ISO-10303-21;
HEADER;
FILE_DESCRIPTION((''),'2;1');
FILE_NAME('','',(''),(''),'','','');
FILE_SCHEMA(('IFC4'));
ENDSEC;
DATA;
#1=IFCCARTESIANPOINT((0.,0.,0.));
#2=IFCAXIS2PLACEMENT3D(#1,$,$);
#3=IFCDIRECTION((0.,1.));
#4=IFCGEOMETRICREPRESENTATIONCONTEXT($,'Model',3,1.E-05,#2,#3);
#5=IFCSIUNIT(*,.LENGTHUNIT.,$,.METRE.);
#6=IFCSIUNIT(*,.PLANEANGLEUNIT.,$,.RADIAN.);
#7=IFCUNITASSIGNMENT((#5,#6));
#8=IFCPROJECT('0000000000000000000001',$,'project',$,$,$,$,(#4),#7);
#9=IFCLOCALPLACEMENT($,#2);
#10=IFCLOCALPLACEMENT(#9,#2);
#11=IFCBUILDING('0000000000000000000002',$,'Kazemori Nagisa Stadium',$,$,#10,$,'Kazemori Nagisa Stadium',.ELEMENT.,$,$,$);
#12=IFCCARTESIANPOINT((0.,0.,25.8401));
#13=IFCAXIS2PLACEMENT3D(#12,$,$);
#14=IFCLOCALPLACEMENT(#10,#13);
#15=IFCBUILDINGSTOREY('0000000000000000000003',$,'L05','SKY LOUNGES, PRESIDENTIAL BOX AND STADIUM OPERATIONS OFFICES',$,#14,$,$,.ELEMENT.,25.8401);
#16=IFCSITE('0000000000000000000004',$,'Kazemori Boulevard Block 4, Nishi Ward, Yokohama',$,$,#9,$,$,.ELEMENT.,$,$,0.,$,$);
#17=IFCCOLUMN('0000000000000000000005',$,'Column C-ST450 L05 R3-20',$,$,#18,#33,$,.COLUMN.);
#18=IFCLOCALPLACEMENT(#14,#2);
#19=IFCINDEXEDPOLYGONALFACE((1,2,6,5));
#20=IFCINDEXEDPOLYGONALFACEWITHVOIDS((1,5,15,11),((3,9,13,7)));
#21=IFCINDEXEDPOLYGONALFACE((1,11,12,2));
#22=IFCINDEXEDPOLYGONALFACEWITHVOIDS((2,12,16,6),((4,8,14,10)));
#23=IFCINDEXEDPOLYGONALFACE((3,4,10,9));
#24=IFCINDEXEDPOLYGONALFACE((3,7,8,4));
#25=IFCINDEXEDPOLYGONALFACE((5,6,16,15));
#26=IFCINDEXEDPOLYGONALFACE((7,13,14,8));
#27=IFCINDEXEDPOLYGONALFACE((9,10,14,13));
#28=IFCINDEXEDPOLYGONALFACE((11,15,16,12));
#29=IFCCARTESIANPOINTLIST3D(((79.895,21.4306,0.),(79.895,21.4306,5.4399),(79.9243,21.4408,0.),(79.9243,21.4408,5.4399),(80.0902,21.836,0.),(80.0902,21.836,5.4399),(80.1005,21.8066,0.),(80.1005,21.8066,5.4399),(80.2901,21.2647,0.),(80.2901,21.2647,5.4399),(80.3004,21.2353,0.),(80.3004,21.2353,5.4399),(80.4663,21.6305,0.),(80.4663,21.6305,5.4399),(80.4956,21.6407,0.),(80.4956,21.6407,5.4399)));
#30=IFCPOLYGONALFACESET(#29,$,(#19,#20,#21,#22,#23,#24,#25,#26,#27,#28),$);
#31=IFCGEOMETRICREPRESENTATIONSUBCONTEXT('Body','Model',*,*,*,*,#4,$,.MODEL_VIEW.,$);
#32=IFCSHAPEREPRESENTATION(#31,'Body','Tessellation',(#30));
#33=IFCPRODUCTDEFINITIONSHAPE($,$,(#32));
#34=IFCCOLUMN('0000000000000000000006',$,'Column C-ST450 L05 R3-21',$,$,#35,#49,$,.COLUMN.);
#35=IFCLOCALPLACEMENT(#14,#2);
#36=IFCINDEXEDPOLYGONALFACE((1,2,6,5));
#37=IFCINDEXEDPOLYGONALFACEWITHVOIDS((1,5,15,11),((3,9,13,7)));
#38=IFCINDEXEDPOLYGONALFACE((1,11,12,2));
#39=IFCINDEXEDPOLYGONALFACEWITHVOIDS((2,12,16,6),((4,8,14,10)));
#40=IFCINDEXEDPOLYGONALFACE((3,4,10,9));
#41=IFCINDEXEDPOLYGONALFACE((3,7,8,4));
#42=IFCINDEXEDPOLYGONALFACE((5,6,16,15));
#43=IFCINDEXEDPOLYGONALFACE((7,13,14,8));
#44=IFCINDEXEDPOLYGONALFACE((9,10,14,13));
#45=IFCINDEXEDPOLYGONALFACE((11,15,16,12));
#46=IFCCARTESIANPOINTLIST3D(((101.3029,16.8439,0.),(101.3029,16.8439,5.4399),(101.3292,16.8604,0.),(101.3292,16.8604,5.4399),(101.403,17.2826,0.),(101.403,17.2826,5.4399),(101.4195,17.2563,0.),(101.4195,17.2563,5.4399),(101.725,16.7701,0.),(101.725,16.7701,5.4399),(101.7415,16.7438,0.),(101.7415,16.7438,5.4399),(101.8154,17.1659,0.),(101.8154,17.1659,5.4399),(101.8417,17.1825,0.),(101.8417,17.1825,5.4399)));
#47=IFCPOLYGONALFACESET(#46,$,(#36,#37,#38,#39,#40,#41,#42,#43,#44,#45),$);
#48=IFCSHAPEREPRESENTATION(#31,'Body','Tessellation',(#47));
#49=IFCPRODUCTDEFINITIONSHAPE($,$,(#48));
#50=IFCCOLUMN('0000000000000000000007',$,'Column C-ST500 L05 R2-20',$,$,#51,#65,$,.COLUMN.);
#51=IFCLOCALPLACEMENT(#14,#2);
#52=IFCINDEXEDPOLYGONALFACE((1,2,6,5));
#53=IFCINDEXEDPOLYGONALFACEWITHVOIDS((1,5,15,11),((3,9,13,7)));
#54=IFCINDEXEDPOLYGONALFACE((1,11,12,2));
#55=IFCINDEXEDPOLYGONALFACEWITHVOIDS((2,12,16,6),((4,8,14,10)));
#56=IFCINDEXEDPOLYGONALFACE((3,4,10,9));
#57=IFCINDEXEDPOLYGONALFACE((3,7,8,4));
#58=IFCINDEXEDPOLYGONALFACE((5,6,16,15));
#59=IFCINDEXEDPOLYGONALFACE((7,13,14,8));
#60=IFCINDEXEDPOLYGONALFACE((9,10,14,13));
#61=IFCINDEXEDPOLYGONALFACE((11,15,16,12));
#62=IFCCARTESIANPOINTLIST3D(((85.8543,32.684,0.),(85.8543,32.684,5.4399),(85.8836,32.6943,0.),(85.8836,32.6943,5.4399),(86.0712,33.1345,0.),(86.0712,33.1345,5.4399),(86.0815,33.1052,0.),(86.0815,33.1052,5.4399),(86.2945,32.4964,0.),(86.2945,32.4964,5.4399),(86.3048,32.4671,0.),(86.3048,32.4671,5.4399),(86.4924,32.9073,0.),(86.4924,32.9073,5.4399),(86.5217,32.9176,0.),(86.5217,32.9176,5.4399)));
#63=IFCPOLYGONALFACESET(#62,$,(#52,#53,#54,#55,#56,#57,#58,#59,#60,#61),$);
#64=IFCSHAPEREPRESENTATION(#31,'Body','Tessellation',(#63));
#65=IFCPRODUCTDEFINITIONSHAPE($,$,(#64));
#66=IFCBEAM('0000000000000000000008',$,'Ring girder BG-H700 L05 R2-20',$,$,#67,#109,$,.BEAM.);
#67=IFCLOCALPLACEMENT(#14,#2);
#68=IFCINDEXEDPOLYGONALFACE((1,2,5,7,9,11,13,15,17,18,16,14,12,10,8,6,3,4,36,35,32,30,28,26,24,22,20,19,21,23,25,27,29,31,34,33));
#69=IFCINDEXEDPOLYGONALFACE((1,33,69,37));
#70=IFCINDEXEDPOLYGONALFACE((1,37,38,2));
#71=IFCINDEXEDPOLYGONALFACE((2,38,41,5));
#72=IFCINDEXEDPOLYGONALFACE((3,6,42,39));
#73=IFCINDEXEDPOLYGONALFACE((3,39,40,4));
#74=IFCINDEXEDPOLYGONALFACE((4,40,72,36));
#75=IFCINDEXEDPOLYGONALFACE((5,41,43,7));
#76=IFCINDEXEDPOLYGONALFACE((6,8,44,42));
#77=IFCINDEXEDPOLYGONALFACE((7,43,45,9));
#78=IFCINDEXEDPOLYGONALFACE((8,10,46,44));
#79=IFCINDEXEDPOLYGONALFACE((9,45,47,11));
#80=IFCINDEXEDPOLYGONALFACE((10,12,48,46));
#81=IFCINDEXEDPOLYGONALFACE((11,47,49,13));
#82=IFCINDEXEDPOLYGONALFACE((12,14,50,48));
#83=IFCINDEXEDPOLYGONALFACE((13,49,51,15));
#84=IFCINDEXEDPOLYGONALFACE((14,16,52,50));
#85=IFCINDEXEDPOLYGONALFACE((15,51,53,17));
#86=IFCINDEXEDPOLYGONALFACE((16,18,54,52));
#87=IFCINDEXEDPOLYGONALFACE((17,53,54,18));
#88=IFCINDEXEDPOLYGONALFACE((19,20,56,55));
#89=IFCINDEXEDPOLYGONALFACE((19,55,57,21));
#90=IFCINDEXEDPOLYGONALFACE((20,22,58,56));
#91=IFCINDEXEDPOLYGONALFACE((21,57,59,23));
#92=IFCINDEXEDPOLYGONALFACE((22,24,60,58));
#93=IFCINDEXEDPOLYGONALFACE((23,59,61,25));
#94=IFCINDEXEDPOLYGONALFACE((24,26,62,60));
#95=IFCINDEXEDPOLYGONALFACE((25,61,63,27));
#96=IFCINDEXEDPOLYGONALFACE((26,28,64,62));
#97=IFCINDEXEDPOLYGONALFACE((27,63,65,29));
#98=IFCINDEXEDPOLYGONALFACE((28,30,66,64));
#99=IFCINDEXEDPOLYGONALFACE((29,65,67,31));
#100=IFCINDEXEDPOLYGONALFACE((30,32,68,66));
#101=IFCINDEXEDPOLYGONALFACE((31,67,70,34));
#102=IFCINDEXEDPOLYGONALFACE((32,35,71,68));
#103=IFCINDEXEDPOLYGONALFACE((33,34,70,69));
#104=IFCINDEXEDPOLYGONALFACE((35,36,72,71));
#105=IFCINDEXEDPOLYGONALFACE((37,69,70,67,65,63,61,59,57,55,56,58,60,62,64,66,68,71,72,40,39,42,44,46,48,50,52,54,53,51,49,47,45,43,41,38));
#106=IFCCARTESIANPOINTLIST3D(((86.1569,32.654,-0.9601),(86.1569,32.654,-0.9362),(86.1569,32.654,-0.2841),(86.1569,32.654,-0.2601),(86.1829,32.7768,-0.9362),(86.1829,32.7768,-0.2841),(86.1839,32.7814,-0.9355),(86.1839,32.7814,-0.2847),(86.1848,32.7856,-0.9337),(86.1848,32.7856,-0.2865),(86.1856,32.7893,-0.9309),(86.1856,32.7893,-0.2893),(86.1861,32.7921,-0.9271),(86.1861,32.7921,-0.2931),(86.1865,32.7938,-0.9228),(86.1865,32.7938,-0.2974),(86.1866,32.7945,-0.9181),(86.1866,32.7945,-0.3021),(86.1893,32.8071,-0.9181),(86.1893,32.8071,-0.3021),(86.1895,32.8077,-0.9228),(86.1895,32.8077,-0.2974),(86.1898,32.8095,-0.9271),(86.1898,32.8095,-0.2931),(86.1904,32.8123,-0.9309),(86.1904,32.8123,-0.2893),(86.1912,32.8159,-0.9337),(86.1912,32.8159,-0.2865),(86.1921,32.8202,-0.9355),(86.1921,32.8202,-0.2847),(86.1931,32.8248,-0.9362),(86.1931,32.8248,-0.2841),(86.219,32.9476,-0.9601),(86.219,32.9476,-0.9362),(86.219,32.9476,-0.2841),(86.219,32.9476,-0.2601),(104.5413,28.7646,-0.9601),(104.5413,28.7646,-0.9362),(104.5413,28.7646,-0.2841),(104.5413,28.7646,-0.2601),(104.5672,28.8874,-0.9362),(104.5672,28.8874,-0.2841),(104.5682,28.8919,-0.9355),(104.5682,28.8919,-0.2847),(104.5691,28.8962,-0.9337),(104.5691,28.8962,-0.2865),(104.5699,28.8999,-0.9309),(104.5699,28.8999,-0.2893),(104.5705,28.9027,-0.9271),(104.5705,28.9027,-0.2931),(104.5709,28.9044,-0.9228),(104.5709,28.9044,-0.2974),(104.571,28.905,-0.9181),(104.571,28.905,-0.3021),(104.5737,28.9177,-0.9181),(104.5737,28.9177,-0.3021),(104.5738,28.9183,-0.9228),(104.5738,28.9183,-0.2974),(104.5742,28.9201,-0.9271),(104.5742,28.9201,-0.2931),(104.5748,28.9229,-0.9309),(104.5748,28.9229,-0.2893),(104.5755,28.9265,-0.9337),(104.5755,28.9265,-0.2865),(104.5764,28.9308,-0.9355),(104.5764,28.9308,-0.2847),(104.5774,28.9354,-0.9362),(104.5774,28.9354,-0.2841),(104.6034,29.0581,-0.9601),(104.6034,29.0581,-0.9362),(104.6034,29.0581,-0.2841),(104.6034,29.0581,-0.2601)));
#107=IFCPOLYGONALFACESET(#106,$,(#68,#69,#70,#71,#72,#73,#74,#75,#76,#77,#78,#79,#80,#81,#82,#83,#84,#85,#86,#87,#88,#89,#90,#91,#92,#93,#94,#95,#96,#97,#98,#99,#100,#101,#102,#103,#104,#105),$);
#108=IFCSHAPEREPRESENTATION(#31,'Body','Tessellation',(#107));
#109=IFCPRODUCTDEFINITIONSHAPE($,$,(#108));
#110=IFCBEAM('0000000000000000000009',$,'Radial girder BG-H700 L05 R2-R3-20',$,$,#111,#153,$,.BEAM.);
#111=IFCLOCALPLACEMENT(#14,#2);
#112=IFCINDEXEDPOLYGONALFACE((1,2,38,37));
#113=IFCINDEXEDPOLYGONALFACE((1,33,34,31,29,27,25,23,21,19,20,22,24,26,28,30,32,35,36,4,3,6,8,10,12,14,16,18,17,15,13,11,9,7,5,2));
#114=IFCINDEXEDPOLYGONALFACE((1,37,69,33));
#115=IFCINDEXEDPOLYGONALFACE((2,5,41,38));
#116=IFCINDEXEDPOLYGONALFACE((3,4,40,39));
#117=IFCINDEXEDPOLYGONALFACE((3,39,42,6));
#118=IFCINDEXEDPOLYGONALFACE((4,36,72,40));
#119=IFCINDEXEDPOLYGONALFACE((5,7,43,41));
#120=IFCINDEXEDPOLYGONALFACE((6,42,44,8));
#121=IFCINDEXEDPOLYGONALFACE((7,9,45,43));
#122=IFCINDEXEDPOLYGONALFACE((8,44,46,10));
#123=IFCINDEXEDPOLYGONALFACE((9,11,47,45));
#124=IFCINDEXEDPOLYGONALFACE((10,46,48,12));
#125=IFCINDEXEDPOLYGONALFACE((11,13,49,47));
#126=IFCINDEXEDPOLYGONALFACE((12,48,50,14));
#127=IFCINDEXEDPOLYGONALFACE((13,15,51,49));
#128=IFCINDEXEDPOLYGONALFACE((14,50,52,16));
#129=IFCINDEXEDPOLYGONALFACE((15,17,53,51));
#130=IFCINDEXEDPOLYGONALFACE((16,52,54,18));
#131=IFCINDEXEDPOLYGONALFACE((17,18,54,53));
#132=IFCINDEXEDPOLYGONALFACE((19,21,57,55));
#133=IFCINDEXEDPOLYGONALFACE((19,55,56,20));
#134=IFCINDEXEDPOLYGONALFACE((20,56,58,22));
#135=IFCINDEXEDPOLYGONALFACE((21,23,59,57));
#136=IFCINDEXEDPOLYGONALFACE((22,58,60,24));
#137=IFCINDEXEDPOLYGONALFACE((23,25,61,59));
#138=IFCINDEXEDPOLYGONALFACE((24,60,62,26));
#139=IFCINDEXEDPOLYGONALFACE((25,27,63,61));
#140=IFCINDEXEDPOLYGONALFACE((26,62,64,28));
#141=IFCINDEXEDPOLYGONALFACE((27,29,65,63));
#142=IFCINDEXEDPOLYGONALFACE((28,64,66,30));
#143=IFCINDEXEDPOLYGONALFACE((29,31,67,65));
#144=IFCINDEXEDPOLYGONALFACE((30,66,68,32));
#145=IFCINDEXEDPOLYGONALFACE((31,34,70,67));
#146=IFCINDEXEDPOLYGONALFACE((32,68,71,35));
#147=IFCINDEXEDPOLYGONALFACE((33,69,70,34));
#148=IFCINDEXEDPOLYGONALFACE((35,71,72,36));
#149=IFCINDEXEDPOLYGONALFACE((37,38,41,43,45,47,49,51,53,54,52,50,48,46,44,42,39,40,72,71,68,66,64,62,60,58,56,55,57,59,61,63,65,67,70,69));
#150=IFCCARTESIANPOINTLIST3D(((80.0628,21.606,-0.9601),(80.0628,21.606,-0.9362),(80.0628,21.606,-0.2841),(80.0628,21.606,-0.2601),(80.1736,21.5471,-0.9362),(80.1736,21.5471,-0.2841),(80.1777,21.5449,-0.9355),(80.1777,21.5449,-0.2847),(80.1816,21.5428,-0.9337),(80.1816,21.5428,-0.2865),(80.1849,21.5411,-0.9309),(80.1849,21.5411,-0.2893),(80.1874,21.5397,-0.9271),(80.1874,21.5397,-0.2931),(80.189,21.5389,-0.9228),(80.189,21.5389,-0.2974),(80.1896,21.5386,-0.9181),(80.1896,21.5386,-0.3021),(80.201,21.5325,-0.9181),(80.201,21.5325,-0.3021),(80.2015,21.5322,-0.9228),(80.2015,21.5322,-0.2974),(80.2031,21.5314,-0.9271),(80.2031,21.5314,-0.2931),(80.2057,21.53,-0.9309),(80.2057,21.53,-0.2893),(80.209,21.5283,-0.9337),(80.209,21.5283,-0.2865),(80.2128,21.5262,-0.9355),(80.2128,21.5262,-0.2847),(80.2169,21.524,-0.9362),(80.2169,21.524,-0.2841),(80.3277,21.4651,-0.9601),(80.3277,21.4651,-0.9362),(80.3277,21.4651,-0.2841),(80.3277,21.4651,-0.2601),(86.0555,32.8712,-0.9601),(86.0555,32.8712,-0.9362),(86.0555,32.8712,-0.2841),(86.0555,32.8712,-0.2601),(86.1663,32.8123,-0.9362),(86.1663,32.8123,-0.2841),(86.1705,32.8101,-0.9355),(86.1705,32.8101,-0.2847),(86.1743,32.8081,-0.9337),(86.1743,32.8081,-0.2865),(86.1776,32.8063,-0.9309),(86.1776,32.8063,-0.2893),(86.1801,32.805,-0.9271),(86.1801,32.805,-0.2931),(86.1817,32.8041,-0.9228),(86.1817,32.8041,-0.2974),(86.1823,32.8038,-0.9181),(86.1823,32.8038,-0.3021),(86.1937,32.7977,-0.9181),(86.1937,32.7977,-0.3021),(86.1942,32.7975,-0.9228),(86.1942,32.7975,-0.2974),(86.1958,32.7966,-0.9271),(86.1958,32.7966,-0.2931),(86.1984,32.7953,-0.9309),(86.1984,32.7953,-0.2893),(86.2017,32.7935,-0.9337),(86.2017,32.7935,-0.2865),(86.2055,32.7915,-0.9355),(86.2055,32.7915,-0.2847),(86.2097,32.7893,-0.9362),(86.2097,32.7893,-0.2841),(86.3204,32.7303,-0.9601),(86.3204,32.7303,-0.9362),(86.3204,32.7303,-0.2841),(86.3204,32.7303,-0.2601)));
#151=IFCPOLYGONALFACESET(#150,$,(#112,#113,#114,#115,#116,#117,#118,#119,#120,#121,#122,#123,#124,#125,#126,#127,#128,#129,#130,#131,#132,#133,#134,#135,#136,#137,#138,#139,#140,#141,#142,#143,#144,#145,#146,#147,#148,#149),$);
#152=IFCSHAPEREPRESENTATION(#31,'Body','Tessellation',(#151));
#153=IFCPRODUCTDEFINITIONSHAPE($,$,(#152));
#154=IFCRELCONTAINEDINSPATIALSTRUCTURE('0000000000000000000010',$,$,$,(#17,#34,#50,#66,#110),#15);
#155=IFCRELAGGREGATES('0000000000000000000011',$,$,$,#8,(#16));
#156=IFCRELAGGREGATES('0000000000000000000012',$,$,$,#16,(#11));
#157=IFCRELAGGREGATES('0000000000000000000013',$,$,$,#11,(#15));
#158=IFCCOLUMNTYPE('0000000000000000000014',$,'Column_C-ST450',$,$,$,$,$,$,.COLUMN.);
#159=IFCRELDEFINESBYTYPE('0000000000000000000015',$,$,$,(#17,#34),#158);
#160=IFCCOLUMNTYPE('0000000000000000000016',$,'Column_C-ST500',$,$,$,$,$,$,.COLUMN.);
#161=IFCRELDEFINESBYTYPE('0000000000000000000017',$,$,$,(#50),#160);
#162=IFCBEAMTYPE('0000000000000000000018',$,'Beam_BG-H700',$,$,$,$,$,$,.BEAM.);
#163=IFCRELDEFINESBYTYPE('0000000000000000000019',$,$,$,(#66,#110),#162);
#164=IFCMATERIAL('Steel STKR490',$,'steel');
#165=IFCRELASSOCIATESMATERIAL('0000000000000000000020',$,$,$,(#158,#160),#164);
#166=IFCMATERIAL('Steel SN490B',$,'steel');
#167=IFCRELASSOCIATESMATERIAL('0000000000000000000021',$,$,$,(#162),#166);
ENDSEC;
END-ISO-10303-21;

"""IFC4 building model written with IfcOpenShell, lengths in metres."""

from ifc_helpers import new_model, si_unit, direction, frame, origin, origin_2d, place, context, subcontext, project, spatial, hollow_rectangle, i_section, extrude, material, material_profile, profile_set, type_object, element, save


model = new_model("IFC4")

# Units and contexts
model_context = context("Model", 3, precision=1e-05, world=origin(), true_north=direction((0.0, 1.0)))
body_context = subcontext(model_context, "Body", "Model", "MODEL_VIEW")
ifc_project = project(units=[si_unit("LENGTHUNIT", "METRE"), si_unit("PLANEANGLEUNIT", "RADIAN")], contexts=[model_context])

# Site, building, storey
site_placement = place(None, origin())
site = spatial("IfcSite", under=ifc_project, at=site_placement, Name="Kazemori Boulevard Block 4, Nishi Ward, Yokohama", CompositionType="ELEMENT", RefElevation=0.0)
building_placement = place(site_placement, origin())
building = spatial("IfcBuilding", under=site, at=building_placement, Name="Kazemori Nagisa Stadium", LongName="Kazemori Nagisa Stadium", CompositionType="ELEMENT")
storey_placement = place(building_placement, frame((0.0, 0.0, 25.8401)))
storey = spatial("IfcBuildingStorey", under=building, at=storey_placement, Name="L05", Description="SKY LOUNGES, PRESIDENTIAL BOX AND STADIUM OPERATIONS OFFICES", CompositionType="ELEMENT", Elevation=25.8401)

# Columns
ifc_material_1 = material(Name="Steel STKR490", Category="steel")
ifc_material_profile_1 = material_profile(ifc_material_1, hollow_rectangle(XDim=0.45, YDim=0.45, WallThickness=0.022, at=origin_2d()), Name="SHS-450x450x22")
ifc_profile_set_1 = profile_set([ifc_material_profile_1], Name="Steel STKR490")
column_type_1 = type_object("IfcColumnType", Name="Column_C-ST450", PredefinedType="COLUMN", material=ifc_profile_set_1)
for number, where, z_axis, x_axis, name in (
    (1, (80.1953, 21.5356, 0.0), (0.0, 0.0, 1.0), (-0.433884, -0.900969, 0.0), "Column C-ST450 L05 R3-20"),
    (2, (101.5723, 17.0132, 0.0), (0.0, 0.0, 1.0), (-0.222521, -0.974928, 0.0), "Column C-ST450 L05 R3-21"),
):
    element("IfcColumn", number, at=place(storey_placement, frame(where, z_axis=z_axis, x_axis=x_axis)), inside=storey, type_object=column_type_1, Name=name, PredefinedType="COLUMN", context=body_context, shape_type="SweptSolid", body=[
        extrude(hollow_rectangle(XDim=0.45, YDim=0.45, WallThickness=0.022, at=origin_2d()), origin(), (0.0, 0.0, 1.0), 5.4399),
    ])
ifc_material_profile_2 = material_profile(ifc_material_1, hollow_rectangle(XDim=0.5, YDim=0.5, WallThickness=0.022, at=origin_2d()), Name="SHS-500x500x22")
ifc_profile_set_2 = profile_set([ifc_material_profile_2], Name="Steel STKR490")
column_type_2 = type_object("IfcColumnType", Name="Column_C-ST500", PredefinedType="COLUMN", material=ifc_profile_set_2)
column_placement = place(storey_placement, frame((86.188, 32.8008, 0.0), z_axis=(0.0, 0.0, 1.0), x_axis=(-0.433884, -0.900969, 0.0)))
element("IfcColumn", 3, at=column_placement, inside=storey, type_object=column_type_2, Name="Column C-ST500 L05 R2-20", PredefinedType="COLUMN", context=body_context, shape_type="SweptSolid", body=[
    extrude(hollow_rectangle(XDim=0.5, YDim=0.5, WallThickness=0.022, at=origin_2d()), origin(), (0.0, 0.0, 1.0), 5.4399),
])

# Beams
ifc_material_2 = material(Name="Steel SN490B", Category="steel")
ifc_material_profile_3 = material_profile(ifc_material_2, i_section(OverallWidth=0.3, OverallDepth=0.7, WebThickness=0.0129, FlangeThickness=0.0239, FilletRadius=0.0181, at=origin_2d()), Name="H-700x300x13x24")
ifc_profile_set_3 = profile_set([ifc_material_profile_3], Name="Steel SN490B")
beam_type_1 = type_object("IfcBeamType", Name="Beam_BG-H700", PredefinedType="BEAM", material=ifc_profile_set_3)
beam_1_placement = place(storey_placement, frame((86.188, 32.8008, -0.6101), z_axis=(0.978345, -0.20698, 0.0), x_axis=(0.20698, 0.978345, 0.0)))
element("IfcBeam", 4, at=beam_1_placement, inside=storey, type_object=beam_type_1, Name="Ring girder BG-H700 L05 R2-20", PredefinedType="BEAM", context=body_context, shape_type="SweptSolid", body=[
    extrude(i_section(OverallWidth=0.3, OverallDepth=0.7, WebThickness=0.0129, FlangeThickness=0.0239, FilletRadius=0.0181, at=origin_2d()), origin(), (0.0, 0.0, 1.0), 18.7913),
])
beam_2_placement = place(storey_placement, frame((86.188, 32.8008, -0.6101), z_axis=(-0.469649, -0.882853, 0.0), x_axis=(0.882853, -0.469649, 0.0)))
element("IfcBeam", 5, at=beam_2_placement, inside=storey, type_object=beam_type_1, Name="Radial girder BG-H700 L05 R2-R3-20", PredefinedType="BEAM", context=body_context, shape_type="SweptSolid", body=[
    extrude(i_section(OverallWidth=0.3, OverallDepth=0.7, WebThickness=0.0129, FlangeThickness=0.0239, FilletRadius=0.0181, at=origin_2d()), origin(), (0.0, 0.0, 1.0), 12.76),
])

save(model, "model.ifc")
